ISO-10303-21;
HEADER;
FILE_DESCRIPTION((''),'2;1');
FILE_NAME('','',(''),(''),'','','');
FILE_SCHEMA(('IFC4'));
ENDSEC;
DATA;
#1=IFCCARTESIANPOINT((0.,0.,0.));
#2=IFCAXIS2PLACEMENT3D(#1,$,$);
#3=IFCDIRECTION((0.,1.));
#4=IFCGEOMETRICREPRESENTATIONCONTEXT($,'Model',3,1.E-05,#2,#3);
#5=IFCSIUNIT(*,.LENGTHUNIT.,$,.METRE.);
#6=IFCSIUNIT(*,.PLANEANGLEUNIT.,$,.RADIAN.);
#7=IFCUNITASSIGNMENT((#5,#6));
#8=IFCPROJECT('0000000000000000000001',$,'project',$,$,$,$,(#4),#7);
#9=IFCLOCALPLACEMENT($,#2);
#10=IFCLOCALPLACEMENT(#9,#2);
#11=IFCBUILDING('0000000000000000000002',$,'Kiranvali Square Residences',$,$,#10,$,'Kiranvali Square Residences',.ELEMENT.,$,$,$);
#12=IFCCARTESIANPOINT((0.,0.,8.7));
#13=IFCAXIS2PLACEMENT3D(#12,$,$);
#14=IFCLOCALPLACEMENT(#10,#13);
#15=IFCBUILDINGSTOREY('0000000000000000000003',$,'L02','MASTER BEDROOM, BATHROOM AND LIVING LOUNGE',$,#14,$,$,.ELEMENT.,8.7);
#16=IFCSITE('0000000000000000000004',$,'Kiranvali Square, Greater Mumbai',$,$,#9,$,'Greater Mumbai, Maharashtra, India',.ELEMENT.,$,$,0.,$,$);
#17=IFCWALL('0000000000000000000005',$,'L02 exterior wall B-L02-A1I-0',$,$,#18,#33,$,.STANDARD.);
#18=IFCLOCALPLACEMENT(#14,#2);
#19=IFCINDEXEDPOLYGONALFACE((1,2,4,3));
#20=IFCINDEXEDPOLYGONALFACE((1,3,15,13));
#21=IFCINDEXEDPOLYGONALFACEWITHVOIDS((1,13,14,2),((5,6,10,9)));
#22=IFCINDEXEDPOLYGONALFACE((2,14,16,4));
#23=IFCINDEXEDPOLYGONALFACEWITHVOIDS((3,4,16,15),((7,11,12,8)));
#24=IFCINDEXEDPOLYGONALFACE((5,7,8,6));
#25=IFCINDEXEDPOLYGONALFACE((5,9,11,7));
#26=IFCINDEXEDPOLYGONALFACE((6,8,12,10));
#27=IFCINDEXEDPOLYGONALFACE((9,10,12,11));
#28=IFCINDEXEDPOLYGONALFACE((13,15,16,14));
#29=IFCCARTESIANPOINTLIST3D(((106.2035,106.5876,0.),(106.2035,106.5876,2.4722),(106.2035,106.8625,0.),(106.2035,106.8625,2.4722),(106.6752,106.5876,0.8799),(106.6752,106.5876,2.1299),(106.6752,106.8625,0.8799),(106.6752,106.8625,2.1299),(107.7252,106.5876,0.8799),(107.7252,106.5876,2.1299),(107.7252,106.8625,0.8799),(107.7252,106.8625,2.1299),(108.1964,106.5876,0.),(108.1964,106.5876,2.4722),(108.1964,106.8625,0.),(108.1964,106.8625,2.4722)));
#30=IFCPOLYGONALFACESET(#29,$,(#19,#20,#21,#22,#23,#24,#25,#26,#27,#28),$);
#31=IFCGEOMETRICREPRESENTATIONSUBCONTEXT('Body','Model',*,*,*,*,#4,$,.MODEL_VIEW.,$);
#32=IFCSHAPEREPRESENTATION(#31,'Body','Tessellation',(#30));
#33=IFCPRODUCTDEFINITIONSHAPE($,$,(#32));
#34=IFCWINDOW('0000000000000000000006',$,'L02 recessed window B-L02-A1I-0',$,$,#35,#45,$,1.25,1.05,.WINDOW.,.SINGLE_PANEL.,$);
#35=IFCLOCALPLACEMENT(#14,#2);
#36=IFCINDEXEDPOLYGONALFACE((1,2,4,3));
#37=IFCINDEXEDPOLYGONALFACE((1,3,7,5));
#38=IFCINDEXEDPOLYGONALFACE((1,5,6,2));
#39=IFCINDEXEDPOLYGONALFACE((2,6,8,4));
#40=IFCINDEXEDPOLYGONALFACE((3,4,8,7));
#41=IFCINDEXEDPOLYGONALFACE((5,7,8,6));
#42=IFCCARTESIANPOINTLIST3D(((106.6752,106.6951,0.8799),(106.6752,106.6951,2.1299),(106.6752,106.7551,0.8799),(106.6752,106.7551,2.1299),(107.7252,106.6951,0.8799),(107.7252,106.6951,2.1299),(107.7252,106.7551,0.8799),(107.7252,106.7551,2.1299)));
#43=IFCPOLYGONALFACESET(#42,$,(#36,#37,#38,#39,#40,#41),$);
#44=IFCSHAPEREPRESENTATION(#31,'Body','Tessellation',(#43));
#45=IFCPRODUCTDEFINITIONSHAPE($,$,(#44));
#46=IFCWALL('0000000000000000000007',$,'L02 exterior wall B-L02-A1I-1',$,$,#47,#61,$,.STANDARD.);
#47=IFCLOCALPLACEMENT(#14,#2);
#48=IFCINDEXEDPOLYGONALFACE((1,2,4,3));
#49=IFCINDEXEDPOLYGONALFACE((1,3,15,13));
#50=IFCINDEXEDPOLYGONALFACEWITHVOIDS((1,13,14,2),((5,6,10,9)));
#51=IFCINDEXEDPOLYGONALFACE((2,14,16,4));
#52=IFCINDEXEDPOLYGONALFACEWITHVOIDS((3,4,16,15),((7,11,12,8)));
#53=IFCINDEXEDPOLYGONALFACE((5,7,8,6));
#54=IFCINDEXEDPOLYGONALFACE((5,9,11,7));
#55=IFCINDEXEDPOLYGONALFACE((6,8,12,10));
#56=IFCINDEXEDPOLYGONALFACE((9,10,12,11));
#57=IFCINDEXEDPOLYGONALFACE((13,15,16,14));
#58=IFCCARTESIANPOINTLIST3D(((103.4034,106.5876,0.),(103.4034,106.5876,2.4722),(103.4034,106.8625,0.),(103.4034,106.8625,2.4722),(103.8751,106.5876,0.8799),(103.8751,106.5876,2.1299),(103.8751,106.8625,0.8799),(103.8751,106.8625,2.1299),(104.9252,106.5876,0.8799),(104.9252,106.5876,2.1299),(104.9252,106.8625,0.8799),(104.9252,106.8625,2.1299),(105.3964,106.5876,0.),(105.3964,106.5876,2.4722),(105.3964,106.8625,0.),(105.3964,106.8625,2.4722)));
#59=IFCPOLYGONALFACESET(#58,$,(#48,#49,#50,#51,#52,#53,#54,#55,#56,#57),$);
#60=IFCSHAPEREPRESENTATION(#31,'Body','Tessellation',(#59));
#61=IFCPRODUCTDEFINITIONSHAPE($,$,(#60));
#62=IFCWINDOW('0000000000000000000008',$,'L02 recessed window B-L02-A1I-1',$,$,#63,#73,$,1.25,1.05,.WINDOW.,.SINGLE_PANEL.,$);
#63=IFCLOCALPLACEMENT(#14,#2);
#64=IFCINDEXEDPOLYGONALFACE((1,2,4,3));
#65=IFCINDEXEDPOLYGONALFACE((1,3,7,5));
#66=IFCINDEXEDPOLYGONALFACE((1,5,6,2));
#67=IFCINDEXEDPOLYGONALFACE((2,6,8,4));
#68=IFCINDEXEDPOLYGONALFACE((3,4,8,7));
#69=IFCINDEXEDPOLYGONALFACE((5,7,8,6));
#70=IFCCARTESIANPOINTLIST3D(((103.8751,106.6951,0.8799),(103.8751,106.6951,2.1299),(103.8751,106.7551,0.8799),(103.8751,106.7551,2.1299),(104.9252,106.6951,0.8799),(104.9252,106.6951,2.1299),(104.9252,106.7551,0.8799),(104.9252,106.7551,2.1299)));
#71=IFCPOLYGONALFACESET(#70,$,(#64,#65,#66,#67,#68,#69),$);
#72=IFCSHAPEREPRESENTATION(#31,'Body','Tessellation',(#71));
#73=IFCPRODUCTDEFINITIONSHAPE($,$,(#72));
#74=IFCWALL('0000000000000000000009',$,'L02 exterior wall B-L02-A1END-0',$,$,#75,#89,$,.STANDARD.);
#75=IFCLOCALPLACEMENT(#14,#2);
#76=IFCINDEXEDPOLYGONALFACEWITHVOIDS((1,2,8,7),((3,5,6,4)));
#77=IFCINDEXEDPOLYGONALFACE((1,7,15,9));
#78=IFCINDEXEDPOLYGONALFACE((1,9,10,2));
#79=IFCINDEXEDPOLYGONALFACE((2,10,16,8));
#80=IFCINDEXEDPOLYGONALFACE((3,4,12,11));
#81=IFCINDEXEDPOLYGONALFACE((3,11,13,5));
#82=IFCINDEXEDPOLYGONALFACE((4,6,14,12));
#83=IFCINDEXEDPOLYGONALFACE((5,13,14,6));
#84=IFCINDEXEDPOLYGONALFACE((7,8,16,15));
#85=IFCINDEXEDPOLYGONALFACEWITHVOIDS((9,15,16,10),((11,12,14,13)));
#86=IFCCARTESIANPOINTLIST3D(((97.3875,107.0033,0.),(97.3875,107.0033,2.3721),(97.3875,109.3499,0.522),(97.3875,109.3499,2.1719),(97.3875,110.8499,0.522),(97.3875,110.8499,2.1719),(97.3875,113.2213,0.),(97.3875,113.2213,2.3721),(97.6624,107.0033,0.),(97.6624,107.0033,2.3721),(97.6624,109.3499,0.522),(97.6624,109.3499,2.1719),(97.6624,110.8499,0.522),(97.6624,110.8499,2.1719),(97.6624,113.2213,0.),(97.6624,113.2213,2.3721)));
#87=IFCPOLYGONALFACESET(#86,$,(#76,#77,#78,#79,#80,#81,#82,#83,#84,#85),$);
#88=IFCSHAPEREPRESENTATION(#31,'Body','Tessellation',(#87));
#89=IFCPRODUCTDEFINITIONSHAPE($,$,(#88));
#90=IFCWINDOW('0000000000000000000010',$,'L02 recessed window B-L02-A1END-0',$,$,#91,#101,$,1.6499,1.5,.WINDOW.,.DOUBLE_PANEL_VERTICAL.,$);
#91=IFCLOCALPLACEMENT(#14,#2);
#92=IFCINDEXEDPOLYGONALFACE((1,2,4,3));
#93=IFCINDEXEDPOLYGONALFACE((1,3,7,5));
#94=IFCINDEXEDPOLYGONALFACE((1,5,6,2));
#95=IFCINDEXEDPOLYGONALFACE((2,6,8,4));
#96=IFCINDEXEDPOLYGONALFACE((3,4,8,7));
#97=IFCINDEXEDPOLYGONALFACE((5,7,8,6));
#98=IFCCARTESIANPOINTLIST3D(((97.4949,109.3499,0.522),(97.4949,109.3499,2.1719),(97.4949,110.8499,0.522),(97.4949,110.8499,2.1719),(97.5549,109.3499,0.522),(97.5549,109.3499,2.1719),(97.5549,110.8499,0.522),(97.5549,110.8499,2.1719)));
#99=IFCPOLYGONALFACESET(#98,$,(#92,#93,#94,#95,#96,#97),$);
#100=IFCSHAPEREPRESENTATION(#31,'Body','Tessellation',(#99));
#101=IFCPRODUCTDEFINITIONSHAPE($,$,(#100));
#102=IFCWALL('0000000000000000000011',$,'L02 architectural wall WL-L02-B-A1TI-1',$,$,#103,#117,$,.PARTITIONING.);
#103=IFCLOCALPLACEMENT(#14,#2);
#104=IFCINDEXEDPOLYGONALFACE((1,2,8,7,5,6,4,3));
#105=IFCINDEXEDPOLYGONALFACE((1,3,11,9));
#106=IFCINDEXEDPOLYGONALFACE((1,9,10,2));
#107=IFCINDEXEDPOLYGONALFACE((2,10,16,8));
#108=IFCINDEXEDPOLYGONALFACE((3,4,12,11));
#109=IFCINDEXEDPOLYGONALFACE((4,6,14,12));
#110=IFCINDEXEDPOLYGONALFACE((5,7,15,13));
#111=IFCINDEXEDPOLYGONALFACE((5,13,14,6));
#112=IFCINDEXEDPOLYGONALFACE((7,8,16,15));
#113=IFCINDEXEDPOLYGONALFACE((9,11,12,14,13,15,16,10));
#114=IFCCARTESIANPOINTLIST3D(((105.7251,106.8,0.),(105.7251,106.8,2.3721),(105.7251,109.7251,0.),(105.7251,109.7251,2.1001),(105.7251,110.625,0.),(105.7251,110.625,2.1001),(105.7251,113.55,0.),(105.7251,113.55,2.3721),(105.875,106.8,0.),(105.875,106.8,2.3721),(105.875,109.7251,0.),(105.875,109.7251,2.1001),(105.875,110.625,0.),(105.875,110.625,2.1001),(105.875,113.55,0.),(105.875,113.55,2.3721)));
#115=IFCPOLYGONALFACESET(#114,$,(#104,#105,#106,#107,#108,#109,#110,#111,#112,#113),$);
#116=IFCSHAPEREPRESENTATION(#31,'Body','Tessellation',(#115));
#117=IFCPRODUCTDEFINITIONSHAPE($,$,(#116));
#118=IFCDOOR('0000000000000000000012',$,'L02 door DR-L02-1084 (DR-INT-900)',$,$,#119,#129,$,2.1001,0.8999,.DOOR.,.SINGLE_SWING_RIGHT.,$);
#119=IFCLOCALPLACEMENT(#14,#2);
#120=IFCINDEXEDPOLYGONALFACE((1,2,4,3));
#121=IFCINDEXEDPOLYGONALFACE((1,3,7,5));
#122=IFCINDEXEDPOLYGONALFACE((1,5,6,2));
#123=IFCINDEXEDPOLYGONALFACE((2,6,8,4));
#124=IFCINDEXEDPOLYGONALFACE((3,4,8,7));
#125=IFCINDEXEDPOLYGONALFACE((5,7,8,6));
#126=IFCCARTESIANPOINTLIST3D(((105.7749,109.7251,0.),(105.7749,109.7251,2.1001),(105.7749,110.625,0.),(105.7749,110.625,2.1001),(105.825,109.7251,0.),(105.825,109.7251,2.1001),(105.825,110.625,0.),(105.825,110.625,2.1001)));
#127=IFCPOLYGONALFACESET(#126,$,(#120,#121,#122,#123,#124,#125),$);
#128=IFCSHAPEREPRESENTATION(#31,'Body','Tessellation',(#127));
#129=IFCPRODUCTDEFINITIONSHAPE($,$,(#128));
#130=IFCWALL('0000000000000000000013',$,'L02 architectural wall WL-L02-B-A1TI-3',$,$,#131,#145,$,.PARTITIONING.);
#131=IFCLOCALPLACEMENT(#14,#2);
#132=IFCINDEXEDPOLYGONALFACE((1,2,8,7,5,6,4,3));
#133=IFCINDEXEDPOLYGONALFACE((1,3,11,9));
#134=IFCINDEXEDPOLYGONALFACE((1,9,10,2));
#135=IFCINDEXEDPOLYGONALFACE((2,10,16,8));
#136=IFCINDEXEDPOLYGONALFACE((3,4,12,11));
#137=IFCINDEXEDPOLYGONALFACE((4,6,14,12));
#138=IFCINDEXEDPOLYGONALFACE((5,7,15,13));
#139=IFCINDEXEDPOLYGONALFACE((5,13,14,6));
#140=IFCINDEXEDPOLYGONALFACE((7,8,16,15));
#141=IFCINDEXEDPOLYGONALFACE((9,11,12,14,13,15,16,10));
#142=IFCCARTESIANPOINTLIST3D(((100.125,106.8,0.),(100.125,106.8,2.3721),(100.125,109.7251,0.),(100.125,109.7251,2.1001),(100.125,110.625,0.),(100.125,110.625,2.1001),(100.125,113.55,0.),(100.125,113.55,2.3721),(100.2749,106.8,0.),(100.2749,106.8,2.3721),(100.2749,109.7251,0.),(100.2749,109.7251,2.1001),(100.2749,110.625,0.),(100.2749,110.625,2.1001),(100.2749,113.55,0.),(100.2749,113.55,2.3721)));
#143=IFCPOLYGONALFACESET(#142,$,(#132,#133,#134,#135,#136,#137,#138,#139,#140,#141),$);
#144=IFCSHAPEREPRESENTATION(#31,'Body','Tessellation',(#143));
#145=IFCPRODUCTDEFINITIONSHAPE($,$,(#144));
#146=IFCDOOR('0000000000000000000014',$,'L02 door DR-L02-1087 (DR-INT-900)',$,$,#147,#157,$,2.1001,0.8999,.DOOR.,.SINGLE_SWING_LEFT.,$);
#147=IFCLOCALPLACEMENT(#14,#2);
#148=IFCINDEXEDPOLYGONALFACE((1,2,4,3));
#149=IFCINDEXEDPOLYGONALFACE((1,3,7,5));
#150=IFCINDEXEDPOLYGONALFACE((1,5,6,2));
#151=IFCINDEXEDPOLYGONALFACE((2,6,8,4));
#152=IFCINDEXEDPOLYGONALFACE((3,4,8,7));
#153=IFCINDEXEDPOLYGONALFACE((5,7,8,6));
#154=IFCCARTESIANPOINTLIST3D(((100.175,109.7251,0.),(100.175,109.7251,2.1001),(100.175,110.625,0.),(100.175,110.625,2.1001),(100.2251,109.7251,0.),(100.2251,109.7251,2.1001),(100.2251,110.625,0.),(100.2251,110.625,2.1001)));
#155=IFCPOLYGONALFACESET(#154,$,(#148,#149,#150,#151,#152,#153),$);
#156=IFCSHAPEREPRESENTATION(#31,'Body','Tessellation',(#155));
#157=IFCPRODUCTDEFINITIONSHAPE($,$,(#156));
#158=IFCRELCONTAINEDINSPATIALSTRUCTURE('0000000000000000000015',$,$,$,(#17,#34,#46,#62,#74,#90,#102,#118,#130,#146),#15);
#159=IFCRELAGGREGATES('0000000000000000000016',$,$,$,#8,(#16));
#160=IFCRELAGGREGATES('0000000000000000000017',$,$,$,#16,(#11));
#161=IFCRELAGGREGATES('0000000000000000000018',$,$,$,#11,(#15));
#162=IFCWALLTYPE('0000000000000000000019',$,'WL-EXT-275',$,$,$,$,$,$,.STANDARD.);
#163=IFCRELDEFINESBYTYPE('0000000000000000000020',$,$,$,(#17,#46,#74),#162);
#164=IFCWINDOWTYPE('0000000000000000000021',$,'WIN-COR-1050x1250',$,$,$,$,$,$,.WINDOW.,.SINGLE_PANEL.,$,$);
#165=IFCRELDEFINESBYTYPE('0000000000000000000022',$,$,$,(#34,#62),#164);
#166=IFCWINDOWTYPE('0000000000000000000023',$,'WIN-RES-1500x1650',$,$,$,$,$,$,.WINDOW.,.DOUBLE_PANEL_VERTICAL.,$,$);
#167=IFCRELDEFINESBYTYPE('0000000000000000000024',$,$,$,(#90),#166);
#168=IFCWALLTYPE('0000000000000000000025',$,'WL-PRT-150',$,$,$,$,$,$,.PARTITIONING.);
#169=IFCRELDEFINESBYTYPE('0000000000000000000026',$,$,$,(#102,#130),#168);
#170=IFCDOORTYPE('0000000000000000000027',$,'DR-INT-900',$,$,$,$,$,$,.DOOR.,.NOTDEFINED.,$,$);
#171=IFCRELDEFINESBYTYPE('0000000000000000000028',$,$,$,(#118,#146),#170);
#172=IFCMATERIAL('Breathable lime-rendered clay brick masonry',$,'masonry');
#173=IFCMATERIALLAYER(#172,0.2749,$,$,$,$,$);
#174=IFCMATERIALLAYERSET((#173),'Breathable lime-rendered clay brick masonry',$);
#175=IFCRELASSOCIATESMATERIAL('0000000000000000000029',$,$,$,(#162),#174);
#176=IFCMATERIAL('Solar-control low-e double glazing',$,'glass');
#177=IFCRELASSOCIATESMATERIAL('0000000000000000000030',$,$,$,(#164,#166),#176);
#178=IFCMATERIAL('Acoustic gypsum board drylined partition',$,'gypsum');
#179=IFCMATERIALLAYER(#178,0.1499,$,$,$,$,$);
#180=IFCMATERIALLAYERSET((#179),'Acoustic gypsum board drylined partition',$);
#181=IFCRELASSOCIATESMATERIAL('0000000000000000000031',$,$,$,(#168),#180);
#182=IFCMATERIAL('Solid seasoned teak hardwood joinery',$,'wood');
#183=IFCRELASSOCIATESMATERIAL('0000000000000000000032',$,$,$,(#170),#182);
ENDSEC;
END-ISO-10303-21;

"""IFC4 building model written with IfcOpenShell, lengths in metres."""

from ifc_helpers import new_model, si_unit, direction, frame, frame_2d, origin, place, context, subcontext, project, spatial, rectangle, extrude, material, layer, layer_set, type_object, element, fill, save


model = new_model("IFC4")

# Units and contexts
model_context = context("Model", 3, precision=1e-05, world=origin(), true_north=direction((0.0, 1.0)))
body_context = subcontext(model_context, "Body", "Model", "MODEL_VIEW")
ifc_project = project(units=[si_unit("LENGTHUNIT", "METRE"), si_unit("PLANEANGLEUNIT", "RADIAN")], contexts=[model_context])

# Site, building, storey
site_placement = place(None, origin())
site = spatial("IfcSite", under=ifc_project, at=site_placement, Name="Kiranvali Square, Greater Mumbai", LongName="Greater Mumbai, Maharashtra, India", CompositionType="ELEMENT", RefElevation=0.0)
building_placement = place(site_placement, origin())
building = spatial("IfcBuilding", under=site, at=building_placement, Name="Kiranvali Square Residences", LongName="Kiranvali Square Residences", CompositionType="ELEMENT")
storey_placement = place(building_placement, frame((0.0, 0.0, 8.7)))
storey = spatial("IfcBuildingStorey", under=building, at=storey_placement, Name="L02", Description="MASTER BEDROOM, BATHROOM AND LIVING LOUNGE", CompositionType="ELEMENT", Elevation=8.7)

# Walls, openings, windows
ifc_material_1 = material(Name="Breathable lime-rendered clay brick masonry", Category="masonry")
ifc_layer_1 = layer(ifc_material_1, 0.2749)
ifc_layer_set_1 = layer_set([ifc_layer_1], Name="Breathable lime-rendered clay brick masonry")
wall_type_1 = type_object("IfcWallType", Name="WL-EXT-275", PredefinedType="STANDARD", material=ifc_layer_set_1)
wall_1_placement = place(storey_placement, frame((108.1965, 106.7251, 0.0), z_axis=(0.0, 0.0, 1.0), x_axis=(-1.0, 0.0, 0.0)))
wall_1 = element("IfcWall", 1, at=wall_1_placement, inside=storey, type_object=wall_type_1, Name="L02 exterior wall B-L02-A1I-0", PredefinedType="STANDARD", context=body_context, shape_type="SweptSolid", body=[
    extrude(rectangle(XDim=1.9929, YDim=0.2749, at=frame_2d((0.9966, 0.0))), origin(), (0.0, 0.0, 1.0), 2.4722),
])
opening_1_placement = place(wall_1_placement, frame((0.4714, 0.0, 0.8799)))
opening_1 = element("IfcOpeningElement", 2, at=opening_1_placement, cuts=wall_1, PredefinedType="OPENING", context=body_context, shape_type="SweptSolid", body=[
    extrude(rectangle(XDim=1.05, YDim=1.25, at=frame_2d((0.5249, 0.625))), frame((0.0, 0.1475, 0.0), z_axis=(0.0, -1.0, 0.0), x_axis=(1.0, 0.0, 0.0)), (0.0, 0.0, 1.0), 0.2949),
])
ifc_material_2 = material(Name="Solar-control low-e double glazing", Category="glass")
window_type_1 = type_object("IfcWindowType", Name="WIN-COR-1050x1250", PartitioningType="SINGLE_PANEL", PredefinedType="WINDOW", material=ifc_material_2)
window_1_placement = place(opening_1_placement, origin())
window_1 = element("IfcWindow", 3, at=window_1_placement, inside=storey, type_object=window_type_1, Name="L02 recessed window B-L02-A1I-0", OverallHeight=1.25, OverallWidth=1.05, PartitioningType="SINGLE_PANEL", PredefinedType="WINDOW", context=body_context, shape_type="SweptSolid", body=[
    extrude(rectangle(XDim=1.05, YDim=1.25, at=frame_2d((0.5249, 0.625))), frame((0.0, 0.03, 0.0), z_axis=(0.0, -1.0, 0.0), x_axis=(1.0, 0.0, 0.0)), (0.0, 0.0, 1.0), 0.0601),
])
fill(opening_1, window_1)
wall_2_placement = place(storey_placement, frame((105.3965, 106.7251, 0.0), z_axis=(0.0, 0.0, 1.0), x_axis=(-1.0, 0.0, 0.0)))
wall_2 = element("IfcWall", 4, at=wall_2_placement, inside=storey, type_object=wall_type_1, Name="L02 exterior wall B-L02-A1I-1", PredefinedType="STANDARD", context=body_context, shape_type="SweptSolid", body=[
    extrude(rectangle(XDim=1.9929, YDim=0.2749, at=frame_2d((0.9966, 0.0))), origin(), (0.0, 0.0, 1.0), 2.4722),
])
opening_2_placement = place(wall_2_placement, frame((0.4714, 0.0, 0.8799)))
opening_2 = element("IfcOpeningElement", 5, at=opening_2_placement, cuts=wall_2, PredefinedType="OPENING", context=body_context, shape_type="SweptSolid", body=[
    extrude(rectangle(XDim=1.05, YDim=1.25, at=frame_2d((0.5249, 0.625))), frame((0.0, 0.1475, 0.0), z_axis=(0.0, -1.0, 0.0), x_axis=(1.0, 0.0, 0.0)), (0.0, 0.0, 1.0), 0.2949),
])
window_2_placement = place(opening_2_placement, origin())
window_2 = element("IfcWindow", 6, at=window_2_placement, inside=storey, type_object=window_type_1, Name="L02 recessed window B-L02-A1I-1", OverallHeight=1.25, OverallWidth=1.05, PartitioningType="SINGLE_PANEL", PredefinedType="WINDOW", context=body_context, shape_type="SweptSolid", body=[
    extrude(rectangle(XDim=1.05, YDim=1.25, at=frame_2d((0.5249, 0.625))), frame((0.0, 0.03, 0.0), z_axis=(0.0, -1.0, 0.0), x_axis=(1.0, 0.0, 0.0)), (0.0, 0.0, 1.0), 0.0601),
])
fill(opening_2, window_2)
wall_3_placement = place(storey_placement, frame((97.5249, 107.0034, 0.0), z_axis=(0.0, 0.0, 1.0), x_axis=(0.0, 1.0, 0.0)))
wall_3 = element("IfcWall", 7, at=wall_3_placement, inside=storey, type_object=wall_type_1, Name="L02 exterior wall B-L02-A1END-0", PredefinedType="STANDARD", context=body_context, shape_type="SweptSolid", body=[
    extrude(rectangle(XDim=6.218, YDim=0.2749, at=frame_2d((3.1089, 0.0))), origin(), (0.0, 0.0, 1.0), 2.3721),
])
opening_3_placement = place(wall_3_placement, frame((2.3464, 0.0, 0.522)))
opening_3 = element("IfcOpeningElement", 8, at=opening_3_placement, cuts=wall_3, PredefinedType="OPENING", context=body_context, shape_type="SweptSolid", body=[
    extrude(rectangle(XDim=1.5, YDim=1.6499, at=frame_2d((0.75, 0.825))), frame((0.0, 0.1475, 0.0), z_axis=(0.0, -1.0, 0.0), x_axis=(1.0, 0.0, 0.0)), (0.0, 0.0, 1.0), 0.2949),
])
window_type_2 = type_object("IfcWindowType", Name="WIN-RES-1500x1650", PartitioningType="DOUBLE_PANEL_VERTICAL", PredefinedType="WINDOW", material=ifc_material_2)
window_3_placement = place(opening_3_placement, origin())
window_3 = element("IfcWindow", 9, at=window_3_placement, inside=storey, type_object=window_type_2, Name="L02 recessed window B-L02-A1END-0", OverallHeight=1.6499, OverallWidth=1.5, PartitioningType="DOUBLE_PANEL_VERTICAL", PredefinedType="WINDOW", context=body_context, shape_type="SweptSolid", body=[
    extrude(rectangle(XDim=1.5, YDim=1.6499, at=frame_2d((0.75, 0.825))), frame((0.0, 0.03, 0.0), z_axis=(0.0, -1.0, 0.0), x_axis=(1.0, 0.0, 0.0)), (0.0, 0.0, 1.0), 0.0601),
])
fill(opening_3, window_3)

# Walls, openings, doors
ifc_material_3 = material(Name="Acoustic gypsum board drylined partition", Category="gypsum")
ifc_layer_2 = layer(ifc_material_3, 0.1499)
ifc_layer_set_2 = layer_set([ifc_layer_2], Name="Acoustic gypsum board drylined partition")
wall_type_2 = type_object("IfcWallType", Name="WL-PRT-150", PredefinedType="PARTITIONING", material=ifc_layer_set_2)
wall_4_placement = place(storey_placement, frame((105.8, 106.8, 0.0), z_axis=(0.0, 0.0, 1.0), x_axis=(0.0, 1.0, 0.0)))
wall_4 = element("IfcWall", 10, at=wall_4_placement, inside=storey, type_object=wall_type_2, Name="L02 architectural wall WL-L02-B-A1TI-1", PredefinedType="PARTITIONING", context=body_context, shape_type="SweptSolid", body=[
    extrude(rectangle(XDim=6.75, YDim=0.1499, at=frame_2d((3.375, 0.0))), origin(), (0.0, 0.0, 1.0), 2.3721),
])
opening_4_placement = place(wall_4_placement, frame((2.925, 0.0, 0.0)))
opening_4 = element("IfcOpeningElement", 11, at=opening_4_placement, cuts=wall_4, PredefinedType="OPENING", context=body_context, shape_type="SweptSolid", body=[
    extrude(rectangle(XDim=0.8999, YDim=2.1001, at=frame_2d((0.45, 1.05))), frame((0.0, 0.085, 0.0), z_axis=(0.0, -1.0, 0.0), x_axis=(1.0, 0.0, 0.0)), (0.0, 0.0, 1.0), 0.1699),
])
ifc_material_4 = material(Name="Solid seasoned teak hardwood joinery", Category="wood")
door_type_1 = type_object("IfcDoorType", Name="DR-INT-900", OperationType="NOTDEFINED", PredefinedType="DOOR", material=ifc_material_4)
door_1_placement = place(opening_4_placement, frame((0.8999, 0.0, 0.0), z_axis=(0.0, 0.0, 1.0), x_axis=(-1.0, 0.0, 0.0)))
door_1 = element("IfcDoor", 12, at=door_1_placement, inside=storey, type_object=door_type_1, Name="L02 door DR-L02-1084 (DR-INT-900)", OperationType="SINGLE_SWING_RIGHT", OverallHeight=2.1001, OverallWidth=0.8999, PredefinedType="DOOR", context=body_context, shape_type="SweptSolid", body=[
    extrude(rectangle(XDim=0.8999, YDim=2.1001, at=frame_2d((0.45, 1.05))), frame((0.0, 0.0249, 0.0), z_axis=(0.0, -1.0, 0.0), x_axis=(1.0, 0.0, 0.0)), (0.0, 0.0, 1.0), 0.05),
])
fill(opening_4, door_1)
wall_5_placement = place(storey_placement, frame((100.2, 106.8, 0.0), z_axis=(0.0, 0.0, 1.0), x_axis=(0.0, 1.0, 0.0)))
wall_5 = element("IfcWall", 13, at=wall_5_placement, inside=storey, type_object=wall_type_2, Name="L02 architectural wall WL-L02-B-A1TI-3", PredefinedType="PARTITIONING", context=body_context, shape_type="SweptSolid", body=[
    extrude(rectangle(XDim=6.75, YDim=0.1499, at=frame_2d((3.375, 0.0))), origin(), (0.0, 0.0, 1.0), 2.3721),
])
opening_5_placement = place(wall_5_placement, frame((2.925, 0.0, 0.0)))
opening_5 = element("IfcOpeningElement", 14, at=opening_5_placement, cuts=wall_5, PredefinedType="OPENING", context=body_context, shape_type="SweptSolid", body=[
    extrude(rectangle(XDim=0.8999, YDim=2.1001, at=frame_2d((0.45, 1.05))), frame((0.0, 0.085, 0.0), z_axis=(0.0, -1.0, 0.0), x_axis=(1.0, 0.0, 0.0)), (0.0, 0.0, 1.0), 0.1699),
])
door_2_placement = place(opening_5_placement, origin())
door_2 = element("IfcDoor", 15, at=door_2_placement, inside=storey, type_object=door_type_1, Name="L02 door DR-L02-1087 (DR-INT-900)", OperationType="SINGLE_SWING_LEFT", OverallHeight=2.1001, OverallWidth=0.8999, PredefinedType="DOOR", context=body_context, shape_type="SweptSolid", body=[
    extrude(rectangle(XDim=0.8999, YDim=2.1001, at=frame_2d((0.45, 1.05))), frame((0.0, 0.0249, 0.0), z_axis=(0.0, -1.0, 0.0), x_axis=(1.0, 0.0, 0.0)), (0.0, 0.0, 1.0), 0.05),
])
fill(opening_5, door_2)

save(model, "model.ifc")
